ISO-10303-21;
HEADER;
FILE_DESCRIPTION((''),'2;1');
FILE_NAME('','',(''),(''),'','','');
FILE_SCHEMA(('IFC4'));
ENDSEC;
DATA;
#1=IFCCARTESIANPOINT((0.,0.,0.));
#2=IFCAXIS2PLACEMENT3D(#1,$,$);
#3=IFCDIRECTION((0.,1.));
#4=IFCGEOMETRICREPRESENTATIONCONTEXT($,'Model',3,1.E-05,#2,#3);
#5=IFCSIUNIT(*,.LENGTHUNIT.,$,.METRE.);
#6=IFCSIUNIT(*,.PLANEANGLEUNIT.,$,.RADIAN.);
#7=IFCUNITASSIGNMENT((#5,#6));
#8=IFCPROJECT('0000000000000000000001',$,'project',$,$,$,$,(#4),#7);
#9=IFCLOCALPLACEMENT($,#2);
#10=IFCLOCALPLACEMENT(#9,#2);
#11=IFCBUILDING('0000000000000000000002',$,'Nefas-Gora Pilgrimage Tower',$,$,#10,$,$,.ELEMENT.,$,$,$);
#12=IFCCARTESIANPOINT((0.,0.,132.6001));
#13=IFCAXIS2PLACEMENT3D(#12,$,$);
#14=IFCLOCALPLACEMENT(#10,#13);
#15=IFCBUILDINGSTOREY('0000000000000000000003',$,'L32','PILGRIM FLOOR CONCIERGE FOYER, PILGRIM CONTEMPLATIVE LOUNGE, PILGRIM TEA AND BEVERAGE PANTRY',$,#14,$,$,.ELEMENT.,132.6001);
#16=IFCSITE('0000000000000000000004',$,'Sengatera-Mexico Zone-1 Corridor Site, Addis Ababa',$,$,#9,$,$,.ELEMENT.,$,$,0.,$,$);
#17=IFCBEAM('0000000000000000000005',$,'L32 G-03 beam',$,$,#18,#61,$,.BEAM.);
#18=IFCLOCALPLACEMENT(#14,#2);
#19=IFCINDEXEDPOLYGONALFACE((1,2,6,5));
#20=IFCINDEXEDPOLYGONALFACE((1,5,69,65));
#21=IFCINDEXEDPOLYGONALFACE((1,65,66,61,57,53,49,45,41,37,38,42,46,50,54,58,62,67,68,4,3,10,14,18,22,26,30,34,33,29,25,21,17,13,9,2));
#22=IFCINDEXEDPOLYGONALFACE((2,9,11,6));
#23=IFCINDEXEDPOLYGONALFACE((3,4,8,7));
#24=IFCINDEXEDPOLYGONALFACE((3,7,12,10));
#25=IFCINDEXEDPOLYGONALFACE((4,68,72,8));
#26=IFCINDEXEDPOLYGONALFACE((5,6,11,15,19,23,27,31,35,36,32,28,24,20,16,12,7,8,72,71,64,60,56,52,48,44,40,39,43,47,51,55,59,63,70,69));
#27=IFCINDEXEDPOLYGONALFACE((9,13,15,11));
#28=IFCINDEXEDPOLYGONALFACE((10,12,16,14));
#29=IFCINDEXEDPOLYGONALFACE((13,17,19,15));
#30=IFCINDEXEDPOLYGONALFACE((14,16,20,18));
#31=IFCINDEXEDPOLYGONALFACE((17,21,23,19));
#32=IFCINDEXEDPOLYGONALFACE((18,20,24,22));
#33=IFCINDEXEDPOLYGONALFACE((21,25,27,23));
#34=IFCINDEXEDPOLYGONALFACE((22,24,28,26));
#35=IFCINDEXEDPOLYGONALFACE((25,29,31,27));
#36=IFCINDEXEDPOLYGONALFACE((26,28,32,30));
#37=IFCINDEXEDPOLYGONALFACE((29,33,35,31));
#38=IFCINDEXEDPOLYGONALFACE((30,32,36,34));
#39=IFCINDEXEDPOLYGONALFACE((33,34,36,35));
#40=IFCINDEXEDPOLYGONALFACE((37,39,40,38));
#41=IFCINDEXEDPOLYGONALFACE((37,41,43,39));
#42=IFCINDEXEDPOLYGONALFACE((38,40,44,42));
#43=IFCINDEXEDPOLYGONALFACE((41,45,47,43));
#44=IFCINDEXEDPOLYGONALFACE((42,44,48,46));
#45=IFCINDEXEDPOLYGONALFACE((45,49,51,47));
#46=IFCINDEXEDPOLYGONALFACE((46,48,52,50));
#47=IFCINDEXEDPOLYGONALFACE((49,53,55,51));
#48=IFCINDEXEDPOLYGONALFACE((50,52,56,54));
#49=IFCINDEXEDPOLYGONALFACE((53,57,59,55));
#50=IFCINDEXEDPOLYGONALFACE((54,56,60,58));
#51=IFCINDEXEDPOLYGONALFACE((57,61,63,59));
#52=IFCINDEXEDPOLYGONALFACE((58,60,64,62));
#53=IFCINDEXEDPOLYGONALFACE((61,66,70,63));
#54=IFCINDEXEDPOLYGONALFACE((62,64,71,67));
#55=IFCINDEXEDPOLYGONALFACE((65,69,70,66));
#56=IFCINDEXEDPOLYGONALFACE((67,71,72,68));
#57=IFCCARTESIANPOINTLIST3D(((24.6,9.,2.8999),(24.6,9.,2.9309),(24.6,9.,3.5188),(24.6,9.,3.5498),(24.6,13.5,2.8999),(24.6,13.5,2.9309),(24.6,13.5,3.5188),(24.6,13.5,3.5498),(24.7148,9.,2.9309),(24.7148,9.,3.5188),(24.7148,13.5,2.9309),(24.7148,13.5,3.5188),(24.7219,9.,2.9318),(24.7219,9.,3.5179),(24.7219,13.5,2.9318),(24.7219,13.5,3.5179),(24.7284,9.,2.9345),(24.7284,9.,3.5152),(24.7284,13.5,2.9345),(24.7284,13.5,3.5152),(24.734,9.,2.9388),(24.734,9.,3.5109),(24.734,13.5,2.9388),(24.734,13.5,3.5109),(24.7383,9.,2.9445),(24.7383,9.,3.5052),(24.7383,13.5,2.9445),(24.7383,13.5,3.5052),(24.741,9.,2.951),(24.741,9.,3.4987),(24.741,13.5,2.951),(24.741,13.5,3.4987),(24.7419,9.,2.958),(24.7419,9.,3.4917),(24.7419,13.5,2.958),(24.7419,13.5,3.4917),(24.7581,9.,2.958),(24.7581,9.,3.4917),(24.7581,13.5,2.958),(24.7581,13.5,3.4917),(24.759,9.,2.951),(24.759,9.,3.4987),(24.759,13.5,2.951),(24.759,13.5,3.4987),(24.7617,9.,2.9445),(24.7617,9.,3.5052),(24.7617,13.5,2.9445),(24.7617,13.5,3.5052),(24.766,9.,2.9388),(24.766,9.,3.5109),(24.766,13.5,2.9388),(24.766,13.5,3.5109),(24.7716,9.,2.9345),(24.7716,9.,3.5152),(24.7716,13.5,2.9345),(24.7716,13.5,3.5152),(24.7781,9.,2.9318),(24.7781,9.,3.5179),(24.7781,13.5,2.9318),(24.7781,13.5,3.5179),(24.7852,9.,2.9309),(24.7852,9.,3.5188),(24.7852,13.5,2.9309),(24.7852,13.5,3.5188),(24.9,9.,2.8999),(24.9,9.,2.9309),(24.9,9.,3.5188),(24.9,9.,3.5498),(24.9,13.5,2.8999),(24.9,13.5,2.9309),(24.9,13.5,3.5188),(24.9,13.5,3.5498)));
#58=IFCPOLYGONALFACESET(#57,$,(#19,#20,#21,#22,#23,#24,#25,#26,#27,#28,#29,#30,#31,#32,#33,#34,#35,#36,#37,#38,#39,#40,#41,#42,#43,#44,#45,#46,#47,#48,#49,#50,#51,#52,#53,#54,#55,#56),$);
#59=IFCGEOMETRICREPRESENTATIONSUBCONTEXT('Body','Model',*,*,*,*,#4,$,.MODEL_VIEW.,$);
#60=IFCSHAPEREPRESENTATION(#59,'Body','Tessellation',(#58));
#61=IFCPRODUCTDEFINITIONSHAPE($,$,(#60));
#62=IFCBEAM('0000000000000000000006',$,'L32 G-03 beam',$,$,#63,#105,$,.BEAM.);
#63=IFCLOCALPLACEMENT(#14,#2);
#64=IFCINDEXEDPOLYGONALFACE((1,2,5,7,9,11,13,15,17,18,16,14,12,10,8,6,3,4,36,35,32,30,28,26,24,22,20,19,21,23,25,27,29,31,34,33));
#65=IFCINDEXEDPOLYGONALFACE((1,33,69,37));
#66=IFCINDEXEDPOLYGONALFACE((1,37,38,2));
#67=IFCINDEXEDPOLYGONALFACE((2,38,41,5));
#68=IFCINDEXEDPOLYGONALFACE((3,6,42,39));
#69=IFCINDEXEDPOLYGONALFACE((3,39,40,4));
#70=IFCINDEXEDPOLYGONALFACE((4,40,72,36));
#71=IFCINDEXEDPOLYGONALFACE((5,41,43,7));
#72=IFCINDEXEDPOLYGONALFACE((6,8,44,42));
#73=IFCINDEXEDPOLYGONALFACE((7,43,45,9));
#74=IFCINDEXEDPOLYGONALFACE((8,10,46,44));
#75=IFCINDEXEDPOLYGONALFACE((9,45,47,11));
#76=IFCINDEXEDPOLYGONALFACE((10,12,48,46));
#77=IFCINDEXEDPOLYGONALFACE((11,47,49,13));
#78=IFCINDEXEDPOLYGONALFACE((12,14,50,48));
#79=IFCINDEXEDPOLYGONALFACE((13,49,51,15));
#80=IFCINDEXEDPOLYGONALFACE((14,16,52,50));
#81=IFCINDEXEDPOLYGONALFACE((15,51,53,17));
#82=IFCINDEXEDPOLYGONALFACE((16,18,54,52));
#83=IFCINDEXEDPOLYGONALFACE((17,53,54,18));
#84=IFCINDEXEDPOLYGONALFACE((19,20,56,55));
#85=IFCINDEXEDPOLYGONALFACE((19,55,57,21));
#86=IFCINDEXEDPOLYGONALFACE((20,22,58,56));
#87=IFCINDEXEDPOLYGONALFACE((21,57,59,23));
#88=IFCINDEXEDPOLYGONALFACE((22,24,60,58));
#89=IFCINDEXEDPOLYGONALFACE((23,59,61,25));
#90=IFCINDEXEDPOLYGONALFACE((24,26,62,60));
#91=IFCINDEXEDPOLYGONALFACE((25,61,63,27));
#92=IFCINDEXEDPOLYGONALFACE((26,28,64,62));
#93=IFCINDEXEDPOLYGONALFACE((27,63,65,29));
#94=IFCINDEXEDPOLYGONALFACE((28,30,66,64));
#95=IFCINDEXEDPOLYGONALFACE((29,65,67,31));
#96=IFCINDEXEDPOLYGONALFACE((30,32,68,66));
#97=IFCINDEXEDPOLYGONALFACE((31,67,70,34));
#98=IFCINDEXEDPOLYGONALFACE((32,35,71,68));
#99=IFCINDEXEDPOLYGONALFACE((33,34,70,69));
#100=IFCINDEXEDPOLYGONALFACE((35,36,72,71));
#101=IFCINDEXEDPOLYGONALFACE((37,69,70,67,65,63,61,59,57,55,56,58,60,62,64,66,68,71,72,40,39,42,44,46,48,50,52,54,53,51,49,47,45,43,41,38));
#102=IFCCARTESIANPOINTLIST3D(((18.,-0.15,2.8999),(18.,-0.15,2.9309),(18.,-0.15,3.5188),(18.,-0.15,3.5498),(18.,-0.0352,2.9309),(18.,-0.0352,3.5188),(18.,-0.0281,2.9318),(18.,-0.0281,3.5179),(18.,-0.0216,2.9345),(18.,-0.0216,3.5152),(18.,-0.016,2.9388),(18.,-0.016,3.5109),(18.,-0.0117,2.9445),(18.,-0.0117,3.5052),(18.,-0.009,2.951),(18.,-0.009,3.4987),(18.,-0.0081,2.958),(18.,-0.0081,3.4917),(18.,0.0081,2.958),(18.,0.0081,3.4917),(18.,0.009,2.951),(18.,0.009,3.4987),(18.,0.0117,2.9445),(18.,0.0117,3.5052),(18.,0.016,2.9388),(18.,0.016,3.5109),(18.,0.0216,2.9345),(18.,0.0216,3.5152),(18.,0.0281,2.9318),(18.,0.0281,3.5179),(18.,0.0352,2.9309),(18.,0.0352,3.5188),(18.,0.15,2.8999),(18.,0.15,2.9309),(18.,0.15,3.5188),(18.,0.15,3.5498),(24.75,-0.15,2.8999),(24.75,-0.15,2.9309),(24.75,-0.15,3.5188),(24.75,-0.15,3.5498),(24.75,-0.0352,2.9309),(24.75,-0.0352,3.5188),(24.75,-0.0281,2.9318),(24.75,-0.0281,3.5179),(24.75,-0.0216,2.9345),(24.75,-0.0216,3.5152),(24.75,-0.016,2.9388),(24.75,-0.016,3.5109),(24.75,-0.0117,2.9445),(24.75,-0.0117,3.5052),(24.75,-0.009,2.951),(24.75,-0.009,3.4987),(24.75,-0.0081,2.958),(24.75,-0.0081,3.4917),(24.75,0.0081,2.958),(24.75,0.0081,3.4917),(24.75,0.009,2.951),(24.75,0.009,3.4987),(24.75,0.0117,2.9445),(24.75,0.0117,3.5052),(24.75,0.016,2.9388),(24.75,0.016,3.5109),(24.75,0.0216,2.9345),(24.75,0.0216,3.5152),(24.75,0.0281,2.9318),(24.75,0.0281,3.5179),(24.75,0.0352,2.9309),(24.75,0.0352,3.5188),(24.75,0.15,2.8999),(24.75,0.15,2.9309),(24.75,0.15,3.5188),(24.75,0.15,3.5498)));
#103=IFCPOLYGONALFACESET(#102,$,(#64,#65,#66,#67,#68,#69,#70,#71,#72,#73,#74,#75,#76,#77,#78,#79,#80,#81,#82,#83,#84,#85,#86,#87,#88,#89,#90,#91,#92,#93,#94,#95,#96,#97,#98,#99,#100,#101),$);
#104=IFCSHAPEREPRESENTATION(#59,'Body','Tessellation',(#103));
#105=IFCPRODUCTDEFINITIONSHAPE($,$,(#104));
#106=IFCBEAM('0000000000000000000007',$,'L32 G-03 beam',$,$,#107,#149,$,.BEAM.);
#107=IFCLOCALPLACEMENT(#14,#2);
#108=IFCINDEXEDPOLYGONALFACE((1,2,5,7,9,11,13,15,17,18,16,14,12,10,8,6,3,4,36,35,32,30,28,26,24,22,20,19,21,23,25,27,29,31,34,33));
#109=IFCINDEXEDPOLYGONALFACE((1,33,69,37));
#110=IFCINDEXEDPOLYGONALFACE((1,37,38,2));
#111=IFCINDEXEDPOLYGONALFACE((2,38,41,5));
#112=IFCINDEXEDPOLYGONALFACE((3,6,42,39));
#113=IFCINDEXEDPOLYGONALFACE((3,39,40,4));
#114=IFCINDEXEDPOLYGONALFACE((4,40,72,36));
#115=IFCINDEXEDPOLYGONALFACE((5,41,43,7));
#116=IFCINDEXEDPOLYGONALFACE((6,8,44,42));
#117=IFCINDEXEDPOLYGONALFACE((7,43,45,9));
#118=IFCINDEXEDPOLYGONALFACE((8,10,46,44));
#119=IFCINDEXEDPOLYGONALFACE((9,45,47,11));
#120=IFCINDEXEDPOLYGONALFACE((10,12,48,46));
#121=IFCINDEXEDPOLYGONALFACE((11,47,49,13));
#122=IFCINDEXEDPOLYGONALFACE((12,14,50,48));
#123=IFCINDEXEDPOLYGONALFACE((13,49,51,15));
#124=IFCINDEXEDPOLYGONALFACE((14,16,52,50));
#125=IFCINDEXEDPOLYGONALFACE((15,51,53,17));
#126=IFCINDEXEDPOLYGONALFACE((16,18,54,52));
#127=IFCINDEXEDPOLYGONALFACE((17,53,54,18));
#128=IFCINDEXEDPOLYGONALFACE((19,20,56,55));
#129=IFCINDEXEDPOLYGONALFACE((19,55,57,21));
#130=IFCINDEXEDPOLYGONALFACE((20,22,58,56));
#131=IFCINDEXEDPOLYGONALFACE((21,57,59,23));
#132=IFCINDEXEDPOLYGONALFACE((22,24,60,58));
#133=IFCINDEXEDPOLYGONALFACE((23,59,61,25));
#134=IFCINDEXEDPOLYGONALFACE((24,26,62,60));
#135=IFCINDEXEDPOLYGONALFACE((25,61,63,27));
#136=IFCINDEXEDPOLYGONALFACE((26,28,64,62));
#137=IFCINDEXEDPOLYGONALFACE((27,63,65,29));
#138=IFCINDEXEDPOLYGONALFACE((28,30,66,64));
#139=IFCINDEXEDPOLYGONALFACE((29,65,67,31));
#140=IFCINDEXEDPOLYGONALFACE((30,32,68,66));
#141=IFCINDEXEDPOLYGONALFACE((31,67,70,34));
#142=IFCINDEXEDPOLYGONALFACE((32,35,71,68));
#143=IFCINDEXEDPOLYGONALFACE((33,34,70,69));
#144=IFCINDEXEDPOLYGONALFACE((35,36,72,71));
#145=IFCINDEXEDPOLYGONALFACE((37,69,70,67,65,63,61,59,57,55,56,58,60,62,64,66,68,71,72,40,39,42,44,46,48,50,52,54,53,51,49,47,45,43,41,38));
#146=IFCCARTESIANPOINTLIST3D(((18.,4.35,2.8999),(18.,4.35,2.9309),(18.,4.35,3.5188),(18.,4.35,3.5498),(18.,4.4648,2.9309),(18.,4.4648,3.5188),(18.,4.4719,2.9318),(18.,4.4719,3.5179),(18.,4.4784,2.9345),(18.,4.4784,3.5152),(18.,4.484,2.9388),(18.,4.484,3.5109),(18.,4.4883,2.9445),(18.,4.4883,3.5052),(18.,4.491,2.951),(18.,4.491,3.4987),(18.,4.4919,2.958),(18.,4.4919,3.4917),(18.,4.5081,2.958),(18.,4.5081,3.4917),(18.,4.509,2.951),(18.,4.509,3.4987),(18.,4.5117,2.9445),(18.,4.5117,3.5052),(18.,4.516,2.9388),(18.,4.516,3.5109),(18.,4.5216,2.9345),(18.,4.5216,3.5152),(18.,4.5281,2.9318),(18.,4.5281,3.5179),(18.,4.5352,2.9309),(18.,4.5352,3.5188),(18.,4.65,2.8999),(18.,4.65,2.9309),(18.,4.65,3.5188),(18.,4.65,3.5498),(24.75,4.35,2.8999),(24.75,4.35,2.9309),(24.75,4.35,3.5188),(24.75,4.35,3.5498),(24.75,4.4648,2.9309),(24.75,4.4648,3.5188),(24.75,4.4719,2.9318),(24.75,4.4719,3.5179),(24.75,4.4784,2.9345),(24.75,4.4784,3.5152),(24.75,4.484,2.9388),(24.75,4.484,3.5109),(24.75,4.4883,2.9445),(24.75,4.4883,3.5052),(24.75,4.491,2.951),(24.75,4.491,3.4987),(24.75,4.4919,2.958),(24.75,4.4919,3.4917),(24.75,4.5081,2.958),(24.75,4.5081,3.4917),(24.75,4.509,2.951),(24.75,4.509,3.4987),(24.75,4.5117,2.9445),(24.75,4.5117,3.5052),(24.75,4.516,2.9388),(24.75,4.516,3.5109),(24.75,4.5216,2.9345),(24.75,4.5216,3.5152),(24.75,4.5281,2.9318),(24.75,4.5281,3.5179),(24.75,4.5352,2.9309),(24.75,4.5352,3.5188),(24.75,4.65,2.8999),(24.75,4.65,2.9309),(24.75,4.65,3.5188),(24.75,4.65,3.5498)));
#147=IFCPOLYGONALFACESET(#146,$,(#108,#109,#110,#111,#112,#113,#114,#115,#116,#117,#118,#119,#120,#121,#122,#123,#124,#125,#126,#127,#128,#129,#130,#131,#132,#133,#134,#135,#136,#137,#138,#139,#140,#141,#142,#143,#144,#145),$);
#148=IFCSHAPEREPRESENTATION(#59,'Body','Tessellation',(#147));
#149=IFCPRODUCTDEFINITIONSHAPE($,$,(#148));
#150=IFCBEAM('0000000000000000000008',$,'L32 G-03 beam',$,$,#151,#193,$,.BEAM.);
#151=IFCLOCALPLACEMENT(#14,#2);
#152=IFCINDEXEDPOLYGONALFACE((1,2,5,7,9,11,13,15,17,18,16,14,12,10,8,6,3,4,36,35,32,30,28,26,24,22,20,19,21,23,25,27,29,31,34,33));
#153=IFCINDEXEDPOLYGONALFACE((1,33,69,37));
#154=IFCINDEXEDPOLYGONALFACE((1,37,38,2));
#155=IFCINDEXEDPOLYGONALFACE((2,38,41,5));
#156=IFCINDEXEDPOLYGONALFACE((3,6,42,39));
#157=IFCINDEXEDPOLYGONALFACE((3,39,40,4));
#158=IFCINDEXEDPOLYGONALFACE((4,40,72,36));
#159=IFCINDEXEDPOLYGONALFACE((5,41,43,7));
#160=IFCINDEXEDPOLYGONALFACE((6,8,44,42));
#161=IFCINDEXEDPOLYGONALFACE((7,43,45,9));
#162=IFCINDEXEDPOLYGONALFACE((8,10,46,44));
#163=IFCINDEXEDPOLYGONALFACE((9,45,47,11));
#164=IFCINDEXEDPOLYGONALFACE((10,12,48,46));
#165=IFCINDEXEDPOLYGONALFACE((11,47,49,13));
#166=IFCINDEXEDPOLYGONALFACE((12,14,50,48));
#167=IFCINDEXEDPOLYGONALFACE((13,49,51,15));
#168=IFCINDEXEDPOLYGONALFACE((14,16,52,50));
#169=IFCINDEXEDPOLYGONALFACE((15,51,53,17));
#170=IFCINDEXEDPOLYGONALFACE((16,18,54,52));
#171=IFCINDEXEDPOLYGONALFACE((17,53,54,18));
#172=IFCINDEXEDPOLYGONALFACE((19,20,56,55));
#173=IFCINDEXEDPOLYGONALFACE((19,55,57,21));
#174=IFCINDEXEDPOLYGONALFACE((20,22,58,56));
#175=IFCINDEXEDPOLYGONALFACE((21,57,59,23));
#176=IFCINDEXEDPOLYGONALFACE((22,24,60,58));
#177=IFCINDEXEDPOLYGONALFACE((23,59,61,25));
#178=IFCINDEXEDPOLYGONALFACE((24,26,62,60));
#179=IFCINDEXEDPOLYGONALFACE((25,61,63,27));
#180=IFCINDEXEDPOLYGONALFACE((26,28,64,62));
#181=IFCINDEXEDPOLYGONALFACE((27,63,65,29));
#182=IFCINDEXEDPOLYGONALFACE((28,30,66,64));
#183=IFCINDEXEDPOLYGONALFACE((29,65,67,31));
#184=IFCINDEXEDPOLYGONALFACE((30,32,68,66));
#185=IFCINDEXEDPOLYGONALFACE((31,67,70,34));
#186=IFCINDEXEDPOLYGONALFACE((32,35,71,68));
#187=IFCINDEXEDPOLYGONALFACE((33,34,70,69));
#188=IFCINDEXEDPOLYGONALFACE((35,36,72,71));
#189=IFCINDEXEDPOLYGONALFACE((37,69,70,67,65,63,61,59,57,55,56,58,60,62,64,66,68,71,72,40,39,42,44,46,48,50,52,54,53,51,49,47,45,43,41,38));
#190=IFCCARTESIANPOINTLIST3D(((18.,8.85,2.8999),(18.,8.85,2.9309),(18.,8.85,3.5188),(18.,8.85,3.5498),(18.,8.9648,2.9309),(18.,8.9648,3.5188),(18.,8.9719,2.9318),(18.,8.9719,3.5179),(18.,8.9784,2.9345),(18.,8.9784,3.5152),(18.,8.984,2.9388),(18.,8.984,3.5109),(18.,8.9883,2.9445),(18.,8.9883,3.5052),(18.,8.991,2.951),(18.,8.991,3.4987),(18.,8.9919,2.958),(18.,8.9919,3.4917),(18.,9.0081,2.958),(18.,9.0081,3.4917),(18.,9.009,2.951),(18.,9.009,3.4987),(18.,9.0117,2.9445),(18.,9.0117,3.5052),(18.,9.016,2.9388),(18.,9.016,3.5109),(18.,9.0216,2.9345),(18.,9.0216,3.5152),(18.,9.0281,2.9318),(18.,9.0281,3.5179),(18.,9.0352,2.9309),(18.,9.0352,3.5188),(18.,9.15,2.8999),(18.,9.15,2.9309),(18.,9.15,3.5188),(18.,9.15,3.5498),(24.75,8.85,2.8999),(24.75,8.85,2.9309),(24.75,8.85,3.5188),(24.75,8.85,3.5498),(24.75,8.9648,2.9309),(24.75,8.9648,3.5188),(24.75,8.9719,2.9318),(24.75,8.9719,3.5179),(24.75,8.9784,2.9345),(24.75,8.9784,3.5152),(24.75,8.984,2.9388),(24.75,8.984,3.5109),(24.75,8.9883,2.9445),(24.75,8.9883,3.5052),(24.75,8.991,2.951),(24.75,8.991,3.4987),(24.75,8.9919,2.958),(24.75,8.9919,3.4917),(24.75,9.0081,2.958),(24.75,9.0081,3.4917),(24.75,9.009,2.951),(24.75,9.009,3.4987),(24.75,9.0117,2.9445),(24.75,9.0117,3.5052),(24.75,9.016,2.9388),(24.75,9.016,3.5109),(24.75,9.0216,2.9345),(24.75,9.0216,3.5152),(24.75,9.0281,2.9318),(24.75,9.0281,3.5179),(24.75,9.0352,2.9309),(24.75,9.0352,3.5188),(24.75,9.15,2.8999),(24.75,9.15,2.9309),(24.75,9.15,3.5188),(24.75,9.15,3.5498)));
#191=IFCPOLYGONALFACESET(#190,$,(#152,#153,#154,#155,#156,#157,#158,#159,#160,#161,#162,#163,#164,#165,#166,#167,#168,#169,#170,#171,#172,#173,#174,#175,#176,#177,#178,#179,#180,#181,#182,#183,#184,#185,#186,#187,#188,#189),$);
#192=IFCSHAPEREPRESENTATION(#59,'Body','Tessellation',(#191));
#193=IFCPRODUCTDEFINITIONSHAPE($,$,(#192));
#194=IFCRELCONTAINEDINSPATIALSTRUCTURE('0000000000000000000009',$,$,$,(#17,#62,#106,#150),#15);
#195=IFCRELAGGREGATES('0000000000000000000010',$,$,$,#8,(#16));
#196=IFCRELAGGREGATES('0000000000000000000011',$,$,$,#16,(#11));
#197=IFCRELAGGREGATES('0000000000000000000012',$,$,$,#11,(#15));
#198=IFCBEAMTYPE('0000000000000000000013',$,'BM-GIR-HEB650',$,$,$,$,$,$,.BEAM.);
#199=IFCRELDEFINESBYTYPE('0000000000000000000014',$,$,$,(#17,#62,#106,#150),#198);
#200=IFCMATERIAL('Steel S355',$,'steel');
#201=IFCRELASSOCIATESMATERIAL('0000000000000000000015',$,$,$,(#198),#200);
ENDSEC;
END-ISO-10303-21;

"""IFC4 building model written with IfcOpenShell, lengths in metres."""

from ifc_helpers import new_model, si_unit, direction, frame, origin, origin_2d, place, context, subcontext, project, spatial, i_section, extrude, source, transform, mapped, material, material_profile, profile_set, type_object, element, save


model = new_model("IFC4")

# Units and contexts
model_context = context("Model", 3, precision=1e-05, world=origin(), true_north=direction((0.0, 1.0)))
body_context = subcontext(model_context, "Body", "Model", "MODEL_VIEW")
ifc_project = project(units=[si_unit("LENGTHUNIT", "METRE"), si_unit("PLANEANGLEUNIT", "RADIAN")], contexts=[model_context])

# Site, building, storey
site_placement = place(None, origin())
site = spatial("IfcSite", under=ifc_project, at=site_placement, Name="Sengatera-Mexico Zone-1 Corridor Site, Addis Ababa", CompositionType="ELEMENT", RefElevation=0.0)
building_placement = place(site_placement, origin())
building = spatial("IfcBuilding", under=site, at=building_placement, Name="Nefas-Gora Pilgrimage Tower", CompositionType="ELEMENT")
storey_placement = place(building_placement, frame((0.0, 0.0, 132.6001)))
storey = spatial("IfcBuildingStorey", under=building, at=storey_placement, Name="L32", Description="PILGRIM FLOOR CONCIERGE FOYER, PILGRIM CONTEMPLATIVE LOUNGE, PILGRIM TEA AND BEVERAGE PANTRY", CompositionType="ELEMENT", Elevation=132.6001)

# Beams
ifc_material_1 = material(Name="Steel S355", Category="steel")
ifc_material_profile_1 = material_profile(ifc_material_1, i_section(OverallWidth=0.3, OverallDepth=0.6499, WebThickness=0.0161, FlangeThickness=0.031, FilletRadius=0.0271, at=origin_2d()), Name="HEB 650")
ifc_profile_set_1 = profile_set([ifc_material_profile_1], Name="Steel S355")
beam_type_1 = type_object("IfcBeamType", Name="BM-GIR-HEB650", PredefinedType="BEAM", material=ifc_profile_set_1)
shared_shape_1 = source(origin(), body_context, "Body", "SweptSolid", [
    extrude(i_section(OverallWidth=0.3, OverallDepth=0.6499, WebThickness=0.0161, FlangeThickness=0.031, FilletRadius=0.0271, at=origin_2d()), origin(), (0.0, 0.0, 1.0), 4.5),
])
for number, where, z_axis, x_axis, name in (
    (1, (24.75, 9.0, 3.2249), (0.0, 1.0, 0.0), (-1.0, 0.0, 0.0), "L32 G-03 beam"),
):
    element("IfcBeam", number, at=place(storey_placement, frame(where, z_axis=z_axis, x_axis=x_axis)), inside=storey, type_object=beam_type_1, Name=name, PredefinedType="BEAM", context=body_context, shape_type="MappedRepresentation", body=[
        mapped(shared_shape_1, transform((0.0, 0.0, 0.0), x_axis=(1.0, 0.0, 0.0), y_axis=(0.0, 1.0, 0.0), z_axis=(0.0, 0.0, 1.0), scale=1.0)),
    ])
shared_shape_2 = source(origin(), body_context, "Body", "SweptSolid", [
    extrude(i_section(OverallWidth=0.3, OverallDepth=0.6499, WebThickness=0.0161, FlangeThickness=0.031, FilletRadius=0.0271, at=origin_2d()), origin(), (0.0, 0.0, 1.0), 6.75),
])
for number, where, z_axis, x_axis, name in (
    (2, (18.0, 0.0, 3.2249), (1.0, 0.0, 0.0), (0.0, 1.0, 0.0), "L32 G-03 beam"),
    (3, (18.0, 4.5, 3.2249), (1.0, 0.0, 0.0), (0.0, 1.0, 0.0), "L32 G-03 beam"),
    (4, (18.0, 9.0, 3.2249), (1.0, 0.0, 0.0), (0.0, 1.0, 0.0), "L32 G-03 beam"),
):
    element("IfcBeam", number, at=place(storey_placement, frame(where, z_axis=z_axis, x_axis=x_axis)), inside=storey, type_object=beam_type_1, Name=name, PredefinedType="BEAM", context=body_context, shape_type="MappedRepresentation", body=[
        mapped(shared_shape_2, transform((0.0, 0.0, 0.0), x_axis=(1.0, 0.0, 0.0), y_axis=(0.0, 1.0, 0.0), z_axis=(0.0, 0.0, 1.0), scale=1.0)),
    ])

save(model, "model.ifc")
